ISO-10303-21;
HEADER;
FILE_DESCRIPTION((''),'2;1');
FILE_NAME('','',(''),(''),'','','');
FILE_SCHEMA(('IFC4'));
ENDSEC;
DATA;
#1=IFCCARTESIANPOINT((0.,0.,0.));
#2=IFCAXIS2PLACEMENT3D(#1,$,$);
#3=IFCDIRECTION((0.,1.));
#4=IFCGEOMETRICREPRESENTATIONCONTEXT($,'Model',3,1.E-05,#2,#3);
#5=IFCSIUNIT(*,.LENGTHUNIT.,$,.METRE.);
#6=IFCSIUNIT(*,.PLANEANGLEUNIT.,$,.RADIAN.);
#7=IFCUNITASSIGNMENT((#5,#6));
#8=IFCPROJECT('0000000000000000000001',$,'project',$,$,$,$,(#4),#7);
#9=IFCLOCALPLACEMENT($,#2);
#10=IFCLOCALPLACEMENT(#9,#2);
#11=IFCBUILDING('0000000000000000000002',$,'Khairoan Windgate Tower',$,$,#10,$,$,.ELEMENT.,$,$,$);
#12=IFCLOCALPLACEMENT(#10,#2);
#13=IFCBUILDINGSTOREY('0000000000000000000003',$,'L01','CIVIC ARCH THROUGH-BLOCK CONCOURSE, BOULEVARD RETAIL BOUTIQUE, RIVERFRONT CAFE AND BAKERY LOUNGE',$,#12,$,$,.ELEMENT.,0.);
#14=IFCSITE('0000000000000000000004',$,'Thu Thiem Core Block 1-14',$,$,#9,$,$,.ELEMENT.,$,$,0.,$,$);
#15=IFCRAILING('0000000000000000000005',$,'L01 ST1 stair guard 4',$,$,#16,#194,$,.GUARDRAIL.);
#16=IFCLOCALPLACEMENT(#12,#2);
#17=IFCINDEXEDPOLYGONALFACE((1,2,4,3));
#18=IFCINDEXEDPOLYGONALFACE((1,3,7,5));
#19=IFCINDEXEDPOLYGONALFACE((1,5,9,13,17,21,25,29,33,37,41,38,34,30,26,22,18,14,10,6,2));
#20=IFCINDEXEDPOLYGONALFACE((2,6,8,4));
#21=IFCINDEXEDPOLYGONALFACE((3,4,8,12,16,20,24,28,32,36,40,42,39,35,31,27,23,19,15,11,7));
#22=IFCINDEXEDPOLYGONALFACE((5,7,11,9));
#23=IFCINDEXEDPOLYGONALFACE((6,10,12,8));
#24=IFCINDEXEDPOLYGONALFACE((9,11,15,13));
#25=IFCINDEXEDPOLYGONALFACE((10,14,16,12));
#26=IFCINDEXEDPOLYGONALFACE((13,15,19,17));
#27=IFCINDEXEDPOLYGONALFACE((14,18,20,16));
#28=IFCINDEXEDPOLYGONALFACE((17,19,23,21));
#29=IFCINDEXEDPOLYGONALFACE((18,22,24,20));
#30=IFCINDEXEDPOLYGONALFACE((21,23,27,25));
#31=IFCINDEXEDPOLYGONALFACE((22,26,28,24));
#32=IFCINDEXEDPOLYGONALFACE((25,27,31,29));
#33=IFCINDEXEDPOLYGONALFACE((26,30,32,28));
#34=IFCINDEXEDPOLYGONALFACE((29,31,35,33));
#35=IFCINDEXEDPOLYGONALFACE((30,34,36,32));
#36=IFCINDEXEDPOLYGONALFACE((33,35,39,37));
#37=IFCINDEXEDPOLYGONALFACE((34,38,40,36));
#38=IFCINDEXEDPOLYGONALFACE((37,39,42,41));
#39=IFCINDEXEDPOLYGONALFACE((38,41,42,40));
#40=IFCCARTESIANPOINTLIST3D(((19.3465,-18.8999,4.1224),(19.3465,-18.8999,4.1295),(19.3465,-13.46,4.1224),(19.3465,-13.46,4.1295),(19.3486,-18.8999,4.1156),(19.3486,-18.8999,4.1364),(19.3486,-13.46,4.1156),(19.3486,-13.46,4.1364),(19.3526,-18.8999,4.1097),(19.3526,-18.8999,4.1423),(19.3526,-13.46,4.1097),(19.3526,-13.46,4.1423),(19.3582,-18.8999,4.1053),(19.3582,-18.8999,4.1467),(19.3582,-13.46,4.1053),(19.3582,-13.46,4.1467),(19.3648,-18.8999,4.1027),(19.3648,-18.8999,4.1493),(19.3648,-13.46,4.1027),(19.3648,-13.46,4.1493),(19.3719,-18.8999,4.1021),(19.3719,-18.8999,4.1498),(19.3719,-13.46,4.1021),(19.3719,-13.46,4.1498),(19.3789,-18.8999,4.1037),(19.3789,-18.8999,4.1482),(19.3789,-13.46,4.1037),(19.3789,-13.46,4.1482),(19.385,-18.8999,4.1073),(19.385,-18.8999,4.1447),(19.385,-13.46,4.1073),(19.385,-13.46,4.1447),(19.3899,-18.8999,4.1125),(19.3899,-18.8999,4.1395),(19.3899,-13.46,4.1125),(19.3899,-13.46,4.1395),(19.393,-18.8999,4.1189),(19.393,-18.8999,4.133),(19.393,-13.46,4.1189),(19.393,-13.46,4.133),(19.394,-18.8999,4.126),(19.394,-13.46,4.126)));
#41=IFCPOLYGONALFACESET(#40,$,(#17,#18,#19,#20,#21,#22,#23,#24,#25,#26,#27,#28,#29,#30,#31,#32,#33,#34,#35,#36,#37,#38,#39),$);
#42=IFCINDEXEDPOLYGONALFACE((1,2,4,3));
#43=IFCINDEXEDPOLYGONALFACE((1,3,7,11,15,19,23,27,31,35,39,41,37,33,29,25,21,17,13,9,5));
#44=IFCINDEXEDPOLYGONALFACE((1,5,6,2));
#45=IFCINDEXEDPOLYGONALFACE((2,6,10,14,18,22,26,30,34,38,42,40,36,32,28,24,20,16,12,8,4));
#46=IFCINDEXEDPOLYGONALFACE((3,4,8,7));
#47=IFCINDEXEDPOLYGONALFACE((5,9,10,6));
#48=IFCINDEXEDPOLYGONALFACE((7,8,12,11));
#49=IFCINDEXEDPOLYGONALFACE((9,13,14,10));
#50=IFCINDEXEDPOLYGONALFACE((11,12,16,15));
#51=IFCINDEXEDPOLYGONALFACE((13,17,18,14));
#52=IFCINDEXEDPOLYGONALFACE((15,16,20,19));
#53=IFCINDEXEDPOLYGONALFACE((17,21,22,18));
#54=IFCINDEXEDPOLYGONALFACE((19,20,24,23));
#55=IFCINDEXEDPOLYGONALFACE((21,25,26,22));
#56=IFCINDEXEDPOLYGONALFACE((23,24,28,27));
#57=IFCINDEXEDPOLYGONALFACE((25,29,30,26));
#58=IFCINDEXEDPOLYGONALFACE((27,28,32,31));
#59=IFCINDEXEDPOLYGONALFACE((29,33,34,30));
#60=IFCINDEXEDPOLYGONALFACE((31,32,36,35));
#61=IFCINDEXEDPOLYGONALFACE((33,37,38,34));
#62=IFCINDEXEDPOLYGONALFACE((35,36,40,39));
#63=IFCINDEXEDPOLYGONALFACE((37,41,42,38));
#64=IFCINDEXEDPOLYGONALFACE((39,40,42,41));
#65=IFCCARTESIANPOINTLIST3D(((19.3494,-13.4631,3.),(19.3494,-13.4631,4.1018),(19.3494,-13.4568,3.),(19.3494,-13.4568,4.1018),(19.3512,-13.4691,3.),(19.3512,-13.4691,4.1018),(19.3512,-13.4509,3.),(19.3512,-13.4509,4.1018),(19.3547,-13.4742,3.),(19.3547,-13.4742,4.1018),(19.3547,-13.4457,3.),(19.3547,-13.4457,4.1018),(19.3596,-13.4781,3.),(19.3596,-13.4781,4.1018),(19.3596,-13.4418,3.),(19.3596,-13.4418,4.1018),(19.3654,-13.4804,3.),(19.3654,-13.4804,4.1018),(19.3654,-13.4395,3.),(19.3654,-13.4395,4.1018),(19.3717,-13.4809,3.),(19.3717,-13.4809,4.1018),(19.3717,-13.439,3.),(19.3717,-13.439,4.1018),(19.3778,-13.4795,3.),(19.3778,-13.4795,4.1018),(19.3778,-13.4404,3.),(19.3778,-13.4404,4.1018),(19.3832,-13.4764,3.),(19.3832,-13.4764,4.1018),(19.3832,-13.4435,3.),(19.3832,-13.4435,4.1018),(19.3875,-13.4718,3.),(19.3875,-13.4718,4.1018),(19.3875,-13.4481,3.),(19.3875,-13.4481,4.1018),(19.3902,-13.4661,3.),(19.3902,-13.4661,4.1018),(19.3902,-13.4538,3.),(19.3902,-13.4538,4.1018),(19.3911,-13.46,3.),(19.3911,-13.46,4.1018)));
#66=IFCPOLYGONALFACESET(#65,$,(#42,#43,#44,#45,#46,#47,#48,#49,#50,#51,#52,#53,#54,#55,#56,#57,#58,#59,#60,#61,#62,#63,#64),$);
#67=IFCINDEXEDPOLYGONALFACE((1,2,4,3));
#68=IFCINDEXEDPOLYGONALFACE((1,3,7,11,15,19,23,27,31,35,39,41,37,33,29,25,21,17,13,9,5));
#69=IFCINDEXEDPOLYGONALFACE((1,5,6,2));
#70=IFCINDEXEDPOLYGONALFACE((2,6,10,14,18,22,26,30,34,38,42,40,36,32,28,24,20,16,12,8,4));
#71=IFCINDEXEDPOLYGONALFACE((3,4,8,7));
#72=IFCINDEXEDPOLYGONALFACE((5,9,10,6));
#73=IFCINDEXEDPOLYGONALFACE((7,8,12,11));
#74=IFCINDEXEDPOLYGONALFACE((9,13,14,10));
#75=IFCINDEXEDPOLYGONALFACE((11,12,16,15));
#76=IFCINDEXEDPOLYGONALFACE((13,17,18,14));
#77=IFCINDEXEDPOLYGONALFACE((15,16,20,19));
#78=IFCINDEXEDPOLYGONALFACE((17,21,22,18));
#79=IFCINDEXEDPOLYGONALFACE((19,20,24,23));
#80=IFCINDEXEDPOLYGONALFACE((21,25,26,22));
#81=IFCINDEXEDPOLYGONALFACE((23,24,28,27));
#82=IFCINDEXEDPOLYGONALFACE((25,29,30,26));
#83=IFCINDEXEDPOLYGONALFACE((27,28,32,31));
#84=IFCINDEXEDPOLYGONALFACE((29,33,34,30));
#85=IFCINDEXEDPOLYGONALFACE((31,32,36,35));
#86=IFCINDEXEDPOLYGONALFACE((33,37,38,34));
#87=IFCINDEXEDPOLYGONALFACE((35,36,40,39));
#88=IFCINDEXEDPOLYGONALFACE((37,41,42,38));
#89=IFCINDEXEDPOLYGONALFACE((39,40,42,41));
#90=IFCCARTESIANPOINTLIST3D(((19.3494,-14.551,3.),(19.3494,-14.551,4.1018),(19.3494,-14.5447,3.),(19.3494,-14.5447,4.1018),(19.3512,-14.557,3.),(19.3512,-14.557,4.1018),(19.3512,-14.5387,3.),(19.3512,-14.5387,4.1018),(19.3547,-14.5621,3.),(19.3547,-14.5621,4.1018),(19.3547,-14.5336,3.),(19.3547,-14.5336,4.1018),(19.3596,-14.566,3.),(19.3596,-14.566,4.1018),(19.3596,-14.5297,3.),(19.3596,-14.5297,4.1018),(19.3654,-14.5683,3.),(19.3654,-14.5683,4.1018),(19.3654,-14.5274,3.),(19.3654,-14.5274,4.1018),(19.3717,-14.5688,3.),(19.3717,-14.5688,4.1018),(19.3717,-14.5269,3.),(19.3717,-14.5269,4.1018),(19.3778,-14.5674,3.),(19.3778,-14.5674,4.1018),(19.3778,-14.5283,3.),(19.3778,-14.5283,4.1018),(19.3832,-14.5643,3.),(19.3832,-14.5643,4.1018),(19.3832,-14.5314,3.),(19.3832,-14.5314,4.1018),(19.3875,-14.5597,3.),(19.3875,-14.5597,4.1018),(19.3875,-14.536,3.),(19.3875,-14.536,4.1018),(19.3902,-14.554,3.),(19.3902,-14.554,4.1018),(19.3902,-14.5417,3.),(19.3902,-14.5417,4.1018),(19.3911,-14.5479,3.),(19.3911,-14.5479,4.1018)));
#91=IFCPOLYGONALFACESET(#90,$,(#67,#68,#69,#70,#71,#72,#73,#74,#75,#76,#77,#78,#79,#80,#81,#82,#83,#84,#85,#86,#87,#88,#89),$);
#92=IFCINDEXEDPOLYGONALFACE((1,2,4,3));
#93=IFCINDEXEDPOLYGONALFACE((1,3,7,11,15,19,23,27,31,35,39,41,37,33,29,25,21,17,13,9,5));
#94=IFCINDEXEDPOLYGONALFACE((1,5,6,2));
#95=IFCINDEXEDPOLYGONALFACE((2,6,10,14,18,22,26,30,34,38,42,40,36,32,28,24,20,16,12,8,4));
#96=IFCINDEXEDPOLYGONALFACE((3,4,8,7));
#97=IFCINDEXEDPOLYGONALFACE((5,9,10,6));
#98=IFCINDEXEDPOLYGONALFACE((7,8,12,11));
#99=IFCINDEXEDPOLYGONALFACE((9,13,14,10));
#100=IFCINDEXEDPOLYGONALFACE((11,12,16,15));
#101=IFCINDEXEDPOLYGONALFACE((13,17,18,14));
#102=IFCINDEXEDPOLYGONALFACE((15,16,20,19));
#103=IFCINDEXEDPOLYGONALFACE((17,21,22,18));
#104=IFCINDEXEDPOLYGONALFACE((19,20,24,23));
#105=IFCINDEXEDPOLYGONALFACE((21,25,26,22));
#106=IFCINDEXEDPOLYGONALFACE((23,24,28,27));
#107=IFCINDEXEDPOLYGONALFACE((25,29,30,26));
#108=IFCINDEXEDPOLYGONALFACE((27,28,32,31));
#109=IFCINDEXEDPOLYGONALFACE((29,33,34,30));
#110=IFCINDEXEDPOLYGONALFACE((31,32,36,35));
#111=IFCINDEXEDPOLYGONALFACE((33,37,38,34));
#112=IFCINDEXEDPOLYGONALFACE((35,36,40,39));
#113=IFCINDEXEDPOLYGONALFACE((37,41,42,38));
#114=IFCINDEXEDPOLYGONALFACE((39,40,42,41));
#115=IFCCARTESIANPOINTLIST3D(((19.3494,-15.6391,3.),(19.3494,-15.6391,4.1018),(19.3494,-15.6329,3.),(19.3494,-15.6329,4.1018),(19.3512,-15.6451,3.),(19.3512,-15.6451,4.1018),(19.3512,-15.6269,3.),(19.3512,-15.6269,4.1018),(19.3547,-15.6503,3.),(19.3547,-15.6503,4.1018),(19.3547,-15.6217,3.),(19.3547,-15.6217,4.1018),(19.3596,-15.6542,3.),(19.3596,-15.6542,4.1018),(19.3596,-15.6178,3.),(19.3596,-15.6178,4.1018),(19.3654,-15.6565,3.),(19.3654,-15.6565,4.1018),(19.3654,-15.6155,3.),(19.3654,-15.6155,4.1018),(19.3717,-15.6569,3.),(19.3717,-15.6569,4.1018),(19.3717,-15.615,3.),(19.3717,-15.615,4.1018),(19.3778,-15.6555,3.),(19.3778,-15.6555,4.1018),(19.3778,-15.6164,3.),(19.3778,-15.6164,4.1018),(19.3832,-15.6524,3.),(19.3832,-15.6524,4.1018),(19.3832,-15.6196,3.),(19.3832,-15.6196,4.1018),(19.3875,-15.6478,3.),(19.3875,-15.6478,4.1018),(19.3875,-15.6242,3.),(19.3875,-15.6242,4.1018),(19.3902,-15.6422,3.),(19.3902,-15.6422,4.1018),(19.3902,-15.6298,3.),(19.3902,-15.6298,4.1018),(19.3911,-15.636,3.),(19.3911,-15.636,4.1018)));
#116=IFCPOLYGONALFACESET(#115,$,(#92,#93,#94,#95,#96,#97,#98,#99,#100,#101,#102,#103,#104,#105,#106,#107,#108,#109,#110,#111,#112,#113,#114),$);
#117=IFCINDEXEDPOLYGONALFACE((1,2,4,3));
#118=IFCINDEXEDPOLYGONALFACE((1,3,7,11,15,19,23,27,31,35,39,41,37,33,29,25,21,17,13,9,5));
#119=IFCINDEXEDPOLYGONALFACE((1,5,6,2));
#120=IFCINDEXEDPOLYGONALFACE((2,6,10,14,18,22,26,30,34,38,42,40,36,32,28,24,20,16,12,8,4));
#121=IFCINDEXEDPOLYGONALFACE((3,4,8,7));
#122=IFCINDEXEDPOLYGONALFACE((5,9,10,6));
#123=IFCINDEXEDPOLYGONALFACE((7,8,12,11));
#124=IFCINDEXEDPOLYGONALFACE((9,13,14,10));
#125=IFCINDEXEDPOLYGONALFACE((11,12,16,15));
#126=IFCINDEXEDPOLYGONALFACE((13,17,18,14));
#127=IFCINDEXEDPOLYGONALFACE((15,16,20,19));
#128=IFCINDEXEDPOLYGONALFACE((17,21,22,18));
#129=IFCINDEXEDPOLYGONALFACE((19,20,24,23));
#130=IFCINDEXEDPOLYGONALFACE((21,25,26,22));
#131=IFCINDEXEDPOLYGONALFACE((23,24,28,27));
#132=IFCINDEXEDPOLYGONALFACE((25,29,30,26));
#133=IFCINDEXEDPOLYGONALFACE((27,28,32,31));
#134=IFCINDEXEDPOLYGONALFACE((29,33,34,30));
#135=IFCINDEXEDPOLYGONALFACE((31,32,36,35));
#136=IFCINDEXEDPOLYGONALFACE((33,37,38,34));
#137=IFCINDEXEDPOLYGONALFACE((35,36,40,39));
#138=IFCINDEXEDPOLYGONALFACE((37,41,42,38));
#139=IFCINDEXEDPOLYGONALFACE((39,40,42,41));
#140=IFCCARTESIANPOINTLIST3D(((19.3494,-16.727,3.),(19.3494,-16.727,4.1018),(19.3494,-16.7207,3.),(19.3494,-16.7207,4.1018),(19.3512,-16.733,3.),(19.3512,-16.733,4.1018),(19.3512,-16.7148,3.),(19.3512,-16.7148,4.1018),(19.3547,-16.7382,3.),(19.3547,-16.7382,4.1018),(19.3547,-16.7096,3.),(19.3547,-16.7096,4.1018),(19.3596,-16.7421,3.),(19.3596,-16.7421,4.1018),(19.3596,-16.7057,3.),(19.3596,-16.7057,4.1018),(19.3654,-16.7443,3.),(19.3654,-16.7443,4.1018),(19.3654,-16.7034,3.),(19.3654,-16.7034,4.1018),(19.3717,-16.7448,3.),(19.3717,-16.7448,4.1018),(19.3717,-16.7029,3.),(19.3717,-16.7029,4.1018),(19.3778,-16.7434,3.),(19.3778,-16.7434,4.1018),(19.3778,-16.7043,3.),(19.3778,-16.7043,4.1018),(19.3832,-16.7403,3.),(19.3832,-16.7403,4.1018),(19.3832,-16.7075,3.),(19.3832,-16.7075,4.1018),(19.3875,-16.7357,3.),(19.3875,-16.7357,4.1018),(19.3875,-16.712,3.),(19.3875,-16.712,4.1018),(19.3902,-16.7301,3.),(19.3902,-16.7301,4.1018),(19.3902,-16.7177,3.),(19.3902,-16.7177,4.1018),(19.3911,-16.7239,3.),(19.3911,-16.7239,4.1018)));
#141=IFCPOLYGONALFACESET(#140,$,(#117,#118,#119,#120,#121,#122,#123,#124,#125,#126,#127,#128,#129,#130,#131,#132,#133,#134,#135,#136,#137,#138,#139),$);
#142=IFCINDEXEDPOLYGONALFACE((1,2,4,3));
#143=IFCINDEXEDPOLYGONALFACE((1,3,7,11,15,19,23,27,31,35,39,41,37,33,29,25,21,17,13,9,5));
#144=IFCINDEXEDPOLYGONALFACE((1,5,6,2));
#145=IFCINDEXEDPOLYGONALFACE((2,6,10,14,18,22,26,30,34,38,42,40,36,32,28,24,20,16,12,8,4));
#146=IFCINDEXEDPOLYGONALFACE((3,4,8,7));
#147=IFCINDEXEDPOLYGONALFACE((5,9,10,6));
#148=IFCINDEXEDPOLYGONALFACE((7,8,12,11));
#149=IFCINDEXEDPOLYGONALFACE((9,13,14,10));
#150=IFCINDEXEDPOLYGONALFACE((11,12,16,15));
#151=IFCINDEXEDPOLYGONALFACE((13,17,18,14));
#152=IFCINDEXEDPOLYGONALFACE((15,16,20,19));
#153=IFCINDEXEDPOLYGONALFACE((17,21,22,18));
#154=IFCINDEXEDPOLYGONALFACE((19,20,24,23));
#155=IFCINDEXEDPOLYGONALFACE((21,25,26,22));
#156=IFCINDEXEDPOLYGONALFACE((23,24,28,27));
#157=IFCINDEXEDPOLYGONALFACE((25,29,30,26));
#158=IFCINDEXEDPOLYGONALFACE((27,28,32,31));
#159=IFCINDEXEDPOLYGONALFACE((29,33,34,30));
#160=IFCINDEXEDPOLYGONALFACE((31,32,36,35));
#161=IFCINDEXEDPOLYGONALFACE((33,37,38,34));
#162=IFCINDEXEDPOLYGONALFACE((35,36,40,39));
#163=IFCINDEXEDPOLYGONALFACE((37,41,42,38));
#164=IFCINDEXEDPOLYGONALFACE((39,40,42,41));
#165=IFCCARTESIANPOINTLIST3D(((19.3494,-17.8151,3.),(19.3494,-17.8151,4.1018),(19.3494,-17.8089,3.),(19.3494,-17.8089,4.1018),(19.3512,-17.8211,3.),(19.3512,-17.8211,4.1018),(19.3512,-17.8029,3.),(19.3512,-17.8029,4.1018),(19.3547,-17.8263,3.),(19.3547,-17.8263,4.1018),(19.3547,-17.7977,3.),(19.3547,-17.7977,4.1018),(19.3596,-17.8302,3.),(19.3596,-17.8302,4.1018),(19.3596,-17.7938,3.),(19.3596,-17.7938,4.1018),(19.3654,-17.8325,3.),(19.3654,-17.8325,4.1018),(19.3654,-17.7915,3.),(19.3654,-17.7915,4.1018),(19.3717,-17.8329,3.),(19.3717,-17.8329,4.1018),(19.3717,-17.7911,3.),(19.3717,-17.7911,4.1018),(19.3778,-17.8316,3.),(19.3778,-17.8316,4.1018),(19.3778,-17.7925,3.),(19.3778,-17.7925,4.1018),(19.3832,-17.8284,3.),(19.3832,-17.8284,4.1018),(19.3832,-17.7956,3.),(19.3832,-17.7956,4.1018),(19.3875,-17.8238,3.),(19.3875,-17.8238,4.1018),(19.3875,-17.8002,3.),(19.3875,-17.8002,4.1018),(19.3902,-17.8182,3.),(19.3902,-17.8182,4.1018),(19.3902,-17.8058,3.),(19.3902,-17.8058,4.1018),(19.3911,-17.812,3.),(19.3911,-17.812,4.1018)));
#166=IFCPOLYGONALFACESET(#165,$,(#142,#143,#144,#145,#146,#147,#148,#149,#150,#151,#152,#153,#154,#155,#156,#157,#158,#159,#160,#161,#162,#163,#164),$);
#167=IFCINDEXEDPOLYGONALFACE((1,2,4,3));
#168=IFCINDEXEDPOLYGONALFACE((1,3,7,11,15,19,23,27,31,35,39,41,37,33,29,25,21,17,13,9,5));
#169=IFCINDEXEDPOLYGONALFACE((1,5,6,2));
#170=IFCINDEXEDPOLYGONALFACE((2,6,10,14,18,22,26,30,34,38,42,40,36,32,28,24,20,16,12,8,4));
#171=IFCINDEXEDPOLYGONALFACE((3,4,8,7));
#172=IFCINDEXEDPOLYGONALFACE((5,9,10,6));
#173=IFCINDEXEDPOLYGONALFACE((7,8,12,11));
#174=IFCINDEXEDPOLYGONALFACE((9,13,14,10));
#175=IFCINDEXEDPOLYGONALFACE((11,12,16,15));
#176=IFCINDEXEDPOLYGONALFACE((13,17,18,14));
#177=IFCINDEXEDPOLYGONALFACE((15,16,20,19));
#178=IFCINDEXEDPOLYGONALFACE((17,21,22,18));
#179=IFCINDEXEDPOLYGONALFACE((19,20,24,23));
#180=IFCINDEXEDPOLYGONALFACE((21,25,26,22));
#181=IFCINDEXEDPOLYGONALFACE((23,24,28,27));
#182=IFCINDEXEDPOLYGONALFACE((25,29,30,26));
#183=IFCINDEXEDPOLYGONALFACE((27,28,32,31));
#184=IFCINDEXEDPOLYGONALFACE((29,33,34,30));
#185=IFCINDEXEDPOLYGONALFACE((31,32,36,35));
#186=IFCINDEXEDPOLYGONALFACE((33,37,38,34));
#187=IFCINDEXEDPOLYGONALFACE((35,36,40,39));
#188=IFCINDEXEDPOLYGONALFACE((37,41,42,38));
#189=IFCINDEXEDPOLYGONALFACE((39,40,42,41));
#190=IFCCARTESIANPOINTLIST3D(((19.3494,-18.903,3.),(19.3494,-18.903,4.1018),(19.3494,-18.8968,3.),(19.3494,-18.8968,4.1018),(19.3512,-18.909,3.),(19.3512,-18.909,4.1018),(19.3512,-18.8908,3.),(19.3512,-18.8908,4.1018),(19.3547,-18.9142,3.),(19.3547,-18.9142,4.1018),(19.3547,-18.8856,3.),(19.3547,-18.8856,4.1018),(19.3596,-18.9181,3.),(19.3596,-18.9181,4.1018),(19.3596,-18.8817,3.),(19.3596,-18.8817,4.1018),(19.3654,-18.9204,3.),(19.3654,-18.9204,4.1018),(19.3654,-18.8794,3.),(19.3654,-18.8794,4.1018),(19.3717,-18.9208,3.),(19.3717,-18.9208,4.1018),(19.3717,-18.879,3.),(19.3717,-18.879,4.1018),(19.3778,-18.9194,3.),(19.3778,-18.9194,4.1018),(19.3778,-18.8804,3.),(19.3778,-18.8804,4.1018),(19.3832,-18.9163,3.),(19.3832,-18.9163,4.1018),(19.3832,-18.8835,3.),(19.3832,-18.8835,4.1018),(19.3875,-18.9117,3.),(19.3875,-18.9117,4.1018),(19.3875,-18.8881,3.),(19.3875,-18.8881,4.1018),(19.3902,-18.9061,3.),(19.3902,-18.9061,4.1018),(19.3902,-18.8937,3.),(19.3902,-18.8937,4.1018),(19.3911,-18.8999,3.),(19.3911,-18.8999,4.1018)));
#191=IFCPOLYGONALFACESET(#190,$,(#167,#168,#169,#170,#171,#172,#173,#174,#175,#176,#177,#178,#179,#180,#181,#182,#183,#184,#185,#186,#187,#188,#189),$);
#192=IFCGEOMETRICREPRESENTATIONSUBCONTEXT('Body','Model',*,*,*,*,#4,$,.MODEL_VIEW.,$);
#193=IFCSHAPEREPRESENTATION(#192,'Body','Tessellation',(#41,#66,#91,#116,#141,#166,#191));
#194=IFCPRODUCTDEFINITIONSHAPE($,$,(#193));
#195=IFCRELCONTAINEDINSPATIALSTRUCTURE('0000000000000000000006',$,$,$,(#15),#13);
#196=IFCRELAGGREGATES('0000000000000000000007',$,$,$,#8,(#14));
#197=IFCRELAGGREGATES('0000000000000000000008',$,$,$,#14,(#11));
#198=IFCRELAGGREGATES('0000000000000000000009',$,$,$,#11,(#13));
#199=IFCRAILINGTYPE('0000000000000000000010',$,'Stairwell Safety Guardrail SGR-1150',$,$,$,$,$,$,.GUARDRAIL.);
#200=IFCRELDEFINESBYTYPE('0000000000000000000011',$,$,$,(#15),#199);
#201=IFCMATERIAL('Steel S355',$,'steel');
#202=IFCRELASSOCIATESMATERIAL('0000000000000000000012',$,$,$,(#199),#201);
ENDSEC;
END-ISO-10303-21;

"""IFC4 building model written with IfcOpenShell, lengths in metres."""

from ifc_helpers import new_model, si_unit, direction, frame, origin, origin_2d, place, context, subcontext, project, spatial, circle, extrude, material, type_object, element, save


model = new_model("IFC4")

# Units and contexts
model_context = context("Model", 3, precision=1e-05, world=origin(), true_north=direction((0.0, 1.0)))
body_context = subcontext(model_context, "Body", "Model", "MODEL_VIEW")
ifc_project = project(units=[si_unit("LENGTHUNIT", "METRE"), si_unit("PLANEANGLEUNIT", "RADIAN")], contexts=[model_context])

# Site, building, storey
site_placement = place(None, origin())
site = spatial("IfcSite", under=ifc_project, at=site_placement, Name="Thu Thiem Core Block 1-14", CompositionType="ELEMENT", RefElevation=0.0)
building_placement = place(site_placement, origin())
building = spatial("IfcBuilding", under=site, at=building_placement, Name="Khairoan Windgate Tower", CompositionType="ELEMENT")
storey_placement = place(building_placement, origin())
storey = spatial("IfcBuildingStorey", under=building, at=storey_placement, Name="L01", Description="CIVIC ARCH THROUGH-BLOCK CONCOURSE, BOULEVARD RETAIL BOUTIQUE, RIVERFRONT CAFE AND BAKERY LOUNGE", CompositionType="ELEMENT", Elevation=0.0)

# Railing
ifc_material_1 = material(Name="Steel S355", Category="steel")
railing_type_1 = type_object("IfcRailingType", Name="Stairwell Safety Guardrail SGR-1150", PredefinedType="GUARDRAIL", material=ifc_material_1)
for number, where, name in (
    (1, (19.3701, -13.46, 3.0), "L01 ST1 stair guard 4"),
):
    element("IfcRailing", number, at=place(storey_placement, frame(where)), inside=storey, type_object=railing_type_1, Name=name, PredefinedType="GUARDRAIL", context=body_context, shape_type="SweptSolid", body=[
        extrude(circle(Radius=0.0239, at=origin_2d()), frame((0.0, 0.0, 1.126), z_axis=(0.0, -1.0, 0.0), x_axis=(1.0, 0.0, 0.0)), (0.0, 0.0, 1.0), 5.4399),
        extrude(circle(Radius=0.021, at=origin_2d()), origin(), (0.0, 0.0, 1.0), 1.1018),
        extrude(circle(Radius=0.021, at=origin_2d()), frame((0.0, -1.0879, 0.0)), (0.0, 0.0, 1.0), 1.1018),
        extrude(circle(Radius=0.021, at=origin_2d()), frame((0.0, -2.176, 0.0)), (0.0, 0.0, 1.0), 1.1018),
        extrude(circle(Radius=0.021, at=origin_2d()), frame((0.0, -3.2639, 0.0)), (0.0, 0.0, 1.0), 1.1018),
        extrude(circle(Radius=0.021, at=origin_2d()), frame((0.0, -4.3521, 0.0)), (0.0, 0.0, 1.0), 1.1018),
        extrude(circle(Radius=0.021, at=origin_2d()), frame((0.0, -5.4399, 0.0)), (0.0, 0.0, 1.0), 1.1018),
    ])

save(model, "model.ifc")
